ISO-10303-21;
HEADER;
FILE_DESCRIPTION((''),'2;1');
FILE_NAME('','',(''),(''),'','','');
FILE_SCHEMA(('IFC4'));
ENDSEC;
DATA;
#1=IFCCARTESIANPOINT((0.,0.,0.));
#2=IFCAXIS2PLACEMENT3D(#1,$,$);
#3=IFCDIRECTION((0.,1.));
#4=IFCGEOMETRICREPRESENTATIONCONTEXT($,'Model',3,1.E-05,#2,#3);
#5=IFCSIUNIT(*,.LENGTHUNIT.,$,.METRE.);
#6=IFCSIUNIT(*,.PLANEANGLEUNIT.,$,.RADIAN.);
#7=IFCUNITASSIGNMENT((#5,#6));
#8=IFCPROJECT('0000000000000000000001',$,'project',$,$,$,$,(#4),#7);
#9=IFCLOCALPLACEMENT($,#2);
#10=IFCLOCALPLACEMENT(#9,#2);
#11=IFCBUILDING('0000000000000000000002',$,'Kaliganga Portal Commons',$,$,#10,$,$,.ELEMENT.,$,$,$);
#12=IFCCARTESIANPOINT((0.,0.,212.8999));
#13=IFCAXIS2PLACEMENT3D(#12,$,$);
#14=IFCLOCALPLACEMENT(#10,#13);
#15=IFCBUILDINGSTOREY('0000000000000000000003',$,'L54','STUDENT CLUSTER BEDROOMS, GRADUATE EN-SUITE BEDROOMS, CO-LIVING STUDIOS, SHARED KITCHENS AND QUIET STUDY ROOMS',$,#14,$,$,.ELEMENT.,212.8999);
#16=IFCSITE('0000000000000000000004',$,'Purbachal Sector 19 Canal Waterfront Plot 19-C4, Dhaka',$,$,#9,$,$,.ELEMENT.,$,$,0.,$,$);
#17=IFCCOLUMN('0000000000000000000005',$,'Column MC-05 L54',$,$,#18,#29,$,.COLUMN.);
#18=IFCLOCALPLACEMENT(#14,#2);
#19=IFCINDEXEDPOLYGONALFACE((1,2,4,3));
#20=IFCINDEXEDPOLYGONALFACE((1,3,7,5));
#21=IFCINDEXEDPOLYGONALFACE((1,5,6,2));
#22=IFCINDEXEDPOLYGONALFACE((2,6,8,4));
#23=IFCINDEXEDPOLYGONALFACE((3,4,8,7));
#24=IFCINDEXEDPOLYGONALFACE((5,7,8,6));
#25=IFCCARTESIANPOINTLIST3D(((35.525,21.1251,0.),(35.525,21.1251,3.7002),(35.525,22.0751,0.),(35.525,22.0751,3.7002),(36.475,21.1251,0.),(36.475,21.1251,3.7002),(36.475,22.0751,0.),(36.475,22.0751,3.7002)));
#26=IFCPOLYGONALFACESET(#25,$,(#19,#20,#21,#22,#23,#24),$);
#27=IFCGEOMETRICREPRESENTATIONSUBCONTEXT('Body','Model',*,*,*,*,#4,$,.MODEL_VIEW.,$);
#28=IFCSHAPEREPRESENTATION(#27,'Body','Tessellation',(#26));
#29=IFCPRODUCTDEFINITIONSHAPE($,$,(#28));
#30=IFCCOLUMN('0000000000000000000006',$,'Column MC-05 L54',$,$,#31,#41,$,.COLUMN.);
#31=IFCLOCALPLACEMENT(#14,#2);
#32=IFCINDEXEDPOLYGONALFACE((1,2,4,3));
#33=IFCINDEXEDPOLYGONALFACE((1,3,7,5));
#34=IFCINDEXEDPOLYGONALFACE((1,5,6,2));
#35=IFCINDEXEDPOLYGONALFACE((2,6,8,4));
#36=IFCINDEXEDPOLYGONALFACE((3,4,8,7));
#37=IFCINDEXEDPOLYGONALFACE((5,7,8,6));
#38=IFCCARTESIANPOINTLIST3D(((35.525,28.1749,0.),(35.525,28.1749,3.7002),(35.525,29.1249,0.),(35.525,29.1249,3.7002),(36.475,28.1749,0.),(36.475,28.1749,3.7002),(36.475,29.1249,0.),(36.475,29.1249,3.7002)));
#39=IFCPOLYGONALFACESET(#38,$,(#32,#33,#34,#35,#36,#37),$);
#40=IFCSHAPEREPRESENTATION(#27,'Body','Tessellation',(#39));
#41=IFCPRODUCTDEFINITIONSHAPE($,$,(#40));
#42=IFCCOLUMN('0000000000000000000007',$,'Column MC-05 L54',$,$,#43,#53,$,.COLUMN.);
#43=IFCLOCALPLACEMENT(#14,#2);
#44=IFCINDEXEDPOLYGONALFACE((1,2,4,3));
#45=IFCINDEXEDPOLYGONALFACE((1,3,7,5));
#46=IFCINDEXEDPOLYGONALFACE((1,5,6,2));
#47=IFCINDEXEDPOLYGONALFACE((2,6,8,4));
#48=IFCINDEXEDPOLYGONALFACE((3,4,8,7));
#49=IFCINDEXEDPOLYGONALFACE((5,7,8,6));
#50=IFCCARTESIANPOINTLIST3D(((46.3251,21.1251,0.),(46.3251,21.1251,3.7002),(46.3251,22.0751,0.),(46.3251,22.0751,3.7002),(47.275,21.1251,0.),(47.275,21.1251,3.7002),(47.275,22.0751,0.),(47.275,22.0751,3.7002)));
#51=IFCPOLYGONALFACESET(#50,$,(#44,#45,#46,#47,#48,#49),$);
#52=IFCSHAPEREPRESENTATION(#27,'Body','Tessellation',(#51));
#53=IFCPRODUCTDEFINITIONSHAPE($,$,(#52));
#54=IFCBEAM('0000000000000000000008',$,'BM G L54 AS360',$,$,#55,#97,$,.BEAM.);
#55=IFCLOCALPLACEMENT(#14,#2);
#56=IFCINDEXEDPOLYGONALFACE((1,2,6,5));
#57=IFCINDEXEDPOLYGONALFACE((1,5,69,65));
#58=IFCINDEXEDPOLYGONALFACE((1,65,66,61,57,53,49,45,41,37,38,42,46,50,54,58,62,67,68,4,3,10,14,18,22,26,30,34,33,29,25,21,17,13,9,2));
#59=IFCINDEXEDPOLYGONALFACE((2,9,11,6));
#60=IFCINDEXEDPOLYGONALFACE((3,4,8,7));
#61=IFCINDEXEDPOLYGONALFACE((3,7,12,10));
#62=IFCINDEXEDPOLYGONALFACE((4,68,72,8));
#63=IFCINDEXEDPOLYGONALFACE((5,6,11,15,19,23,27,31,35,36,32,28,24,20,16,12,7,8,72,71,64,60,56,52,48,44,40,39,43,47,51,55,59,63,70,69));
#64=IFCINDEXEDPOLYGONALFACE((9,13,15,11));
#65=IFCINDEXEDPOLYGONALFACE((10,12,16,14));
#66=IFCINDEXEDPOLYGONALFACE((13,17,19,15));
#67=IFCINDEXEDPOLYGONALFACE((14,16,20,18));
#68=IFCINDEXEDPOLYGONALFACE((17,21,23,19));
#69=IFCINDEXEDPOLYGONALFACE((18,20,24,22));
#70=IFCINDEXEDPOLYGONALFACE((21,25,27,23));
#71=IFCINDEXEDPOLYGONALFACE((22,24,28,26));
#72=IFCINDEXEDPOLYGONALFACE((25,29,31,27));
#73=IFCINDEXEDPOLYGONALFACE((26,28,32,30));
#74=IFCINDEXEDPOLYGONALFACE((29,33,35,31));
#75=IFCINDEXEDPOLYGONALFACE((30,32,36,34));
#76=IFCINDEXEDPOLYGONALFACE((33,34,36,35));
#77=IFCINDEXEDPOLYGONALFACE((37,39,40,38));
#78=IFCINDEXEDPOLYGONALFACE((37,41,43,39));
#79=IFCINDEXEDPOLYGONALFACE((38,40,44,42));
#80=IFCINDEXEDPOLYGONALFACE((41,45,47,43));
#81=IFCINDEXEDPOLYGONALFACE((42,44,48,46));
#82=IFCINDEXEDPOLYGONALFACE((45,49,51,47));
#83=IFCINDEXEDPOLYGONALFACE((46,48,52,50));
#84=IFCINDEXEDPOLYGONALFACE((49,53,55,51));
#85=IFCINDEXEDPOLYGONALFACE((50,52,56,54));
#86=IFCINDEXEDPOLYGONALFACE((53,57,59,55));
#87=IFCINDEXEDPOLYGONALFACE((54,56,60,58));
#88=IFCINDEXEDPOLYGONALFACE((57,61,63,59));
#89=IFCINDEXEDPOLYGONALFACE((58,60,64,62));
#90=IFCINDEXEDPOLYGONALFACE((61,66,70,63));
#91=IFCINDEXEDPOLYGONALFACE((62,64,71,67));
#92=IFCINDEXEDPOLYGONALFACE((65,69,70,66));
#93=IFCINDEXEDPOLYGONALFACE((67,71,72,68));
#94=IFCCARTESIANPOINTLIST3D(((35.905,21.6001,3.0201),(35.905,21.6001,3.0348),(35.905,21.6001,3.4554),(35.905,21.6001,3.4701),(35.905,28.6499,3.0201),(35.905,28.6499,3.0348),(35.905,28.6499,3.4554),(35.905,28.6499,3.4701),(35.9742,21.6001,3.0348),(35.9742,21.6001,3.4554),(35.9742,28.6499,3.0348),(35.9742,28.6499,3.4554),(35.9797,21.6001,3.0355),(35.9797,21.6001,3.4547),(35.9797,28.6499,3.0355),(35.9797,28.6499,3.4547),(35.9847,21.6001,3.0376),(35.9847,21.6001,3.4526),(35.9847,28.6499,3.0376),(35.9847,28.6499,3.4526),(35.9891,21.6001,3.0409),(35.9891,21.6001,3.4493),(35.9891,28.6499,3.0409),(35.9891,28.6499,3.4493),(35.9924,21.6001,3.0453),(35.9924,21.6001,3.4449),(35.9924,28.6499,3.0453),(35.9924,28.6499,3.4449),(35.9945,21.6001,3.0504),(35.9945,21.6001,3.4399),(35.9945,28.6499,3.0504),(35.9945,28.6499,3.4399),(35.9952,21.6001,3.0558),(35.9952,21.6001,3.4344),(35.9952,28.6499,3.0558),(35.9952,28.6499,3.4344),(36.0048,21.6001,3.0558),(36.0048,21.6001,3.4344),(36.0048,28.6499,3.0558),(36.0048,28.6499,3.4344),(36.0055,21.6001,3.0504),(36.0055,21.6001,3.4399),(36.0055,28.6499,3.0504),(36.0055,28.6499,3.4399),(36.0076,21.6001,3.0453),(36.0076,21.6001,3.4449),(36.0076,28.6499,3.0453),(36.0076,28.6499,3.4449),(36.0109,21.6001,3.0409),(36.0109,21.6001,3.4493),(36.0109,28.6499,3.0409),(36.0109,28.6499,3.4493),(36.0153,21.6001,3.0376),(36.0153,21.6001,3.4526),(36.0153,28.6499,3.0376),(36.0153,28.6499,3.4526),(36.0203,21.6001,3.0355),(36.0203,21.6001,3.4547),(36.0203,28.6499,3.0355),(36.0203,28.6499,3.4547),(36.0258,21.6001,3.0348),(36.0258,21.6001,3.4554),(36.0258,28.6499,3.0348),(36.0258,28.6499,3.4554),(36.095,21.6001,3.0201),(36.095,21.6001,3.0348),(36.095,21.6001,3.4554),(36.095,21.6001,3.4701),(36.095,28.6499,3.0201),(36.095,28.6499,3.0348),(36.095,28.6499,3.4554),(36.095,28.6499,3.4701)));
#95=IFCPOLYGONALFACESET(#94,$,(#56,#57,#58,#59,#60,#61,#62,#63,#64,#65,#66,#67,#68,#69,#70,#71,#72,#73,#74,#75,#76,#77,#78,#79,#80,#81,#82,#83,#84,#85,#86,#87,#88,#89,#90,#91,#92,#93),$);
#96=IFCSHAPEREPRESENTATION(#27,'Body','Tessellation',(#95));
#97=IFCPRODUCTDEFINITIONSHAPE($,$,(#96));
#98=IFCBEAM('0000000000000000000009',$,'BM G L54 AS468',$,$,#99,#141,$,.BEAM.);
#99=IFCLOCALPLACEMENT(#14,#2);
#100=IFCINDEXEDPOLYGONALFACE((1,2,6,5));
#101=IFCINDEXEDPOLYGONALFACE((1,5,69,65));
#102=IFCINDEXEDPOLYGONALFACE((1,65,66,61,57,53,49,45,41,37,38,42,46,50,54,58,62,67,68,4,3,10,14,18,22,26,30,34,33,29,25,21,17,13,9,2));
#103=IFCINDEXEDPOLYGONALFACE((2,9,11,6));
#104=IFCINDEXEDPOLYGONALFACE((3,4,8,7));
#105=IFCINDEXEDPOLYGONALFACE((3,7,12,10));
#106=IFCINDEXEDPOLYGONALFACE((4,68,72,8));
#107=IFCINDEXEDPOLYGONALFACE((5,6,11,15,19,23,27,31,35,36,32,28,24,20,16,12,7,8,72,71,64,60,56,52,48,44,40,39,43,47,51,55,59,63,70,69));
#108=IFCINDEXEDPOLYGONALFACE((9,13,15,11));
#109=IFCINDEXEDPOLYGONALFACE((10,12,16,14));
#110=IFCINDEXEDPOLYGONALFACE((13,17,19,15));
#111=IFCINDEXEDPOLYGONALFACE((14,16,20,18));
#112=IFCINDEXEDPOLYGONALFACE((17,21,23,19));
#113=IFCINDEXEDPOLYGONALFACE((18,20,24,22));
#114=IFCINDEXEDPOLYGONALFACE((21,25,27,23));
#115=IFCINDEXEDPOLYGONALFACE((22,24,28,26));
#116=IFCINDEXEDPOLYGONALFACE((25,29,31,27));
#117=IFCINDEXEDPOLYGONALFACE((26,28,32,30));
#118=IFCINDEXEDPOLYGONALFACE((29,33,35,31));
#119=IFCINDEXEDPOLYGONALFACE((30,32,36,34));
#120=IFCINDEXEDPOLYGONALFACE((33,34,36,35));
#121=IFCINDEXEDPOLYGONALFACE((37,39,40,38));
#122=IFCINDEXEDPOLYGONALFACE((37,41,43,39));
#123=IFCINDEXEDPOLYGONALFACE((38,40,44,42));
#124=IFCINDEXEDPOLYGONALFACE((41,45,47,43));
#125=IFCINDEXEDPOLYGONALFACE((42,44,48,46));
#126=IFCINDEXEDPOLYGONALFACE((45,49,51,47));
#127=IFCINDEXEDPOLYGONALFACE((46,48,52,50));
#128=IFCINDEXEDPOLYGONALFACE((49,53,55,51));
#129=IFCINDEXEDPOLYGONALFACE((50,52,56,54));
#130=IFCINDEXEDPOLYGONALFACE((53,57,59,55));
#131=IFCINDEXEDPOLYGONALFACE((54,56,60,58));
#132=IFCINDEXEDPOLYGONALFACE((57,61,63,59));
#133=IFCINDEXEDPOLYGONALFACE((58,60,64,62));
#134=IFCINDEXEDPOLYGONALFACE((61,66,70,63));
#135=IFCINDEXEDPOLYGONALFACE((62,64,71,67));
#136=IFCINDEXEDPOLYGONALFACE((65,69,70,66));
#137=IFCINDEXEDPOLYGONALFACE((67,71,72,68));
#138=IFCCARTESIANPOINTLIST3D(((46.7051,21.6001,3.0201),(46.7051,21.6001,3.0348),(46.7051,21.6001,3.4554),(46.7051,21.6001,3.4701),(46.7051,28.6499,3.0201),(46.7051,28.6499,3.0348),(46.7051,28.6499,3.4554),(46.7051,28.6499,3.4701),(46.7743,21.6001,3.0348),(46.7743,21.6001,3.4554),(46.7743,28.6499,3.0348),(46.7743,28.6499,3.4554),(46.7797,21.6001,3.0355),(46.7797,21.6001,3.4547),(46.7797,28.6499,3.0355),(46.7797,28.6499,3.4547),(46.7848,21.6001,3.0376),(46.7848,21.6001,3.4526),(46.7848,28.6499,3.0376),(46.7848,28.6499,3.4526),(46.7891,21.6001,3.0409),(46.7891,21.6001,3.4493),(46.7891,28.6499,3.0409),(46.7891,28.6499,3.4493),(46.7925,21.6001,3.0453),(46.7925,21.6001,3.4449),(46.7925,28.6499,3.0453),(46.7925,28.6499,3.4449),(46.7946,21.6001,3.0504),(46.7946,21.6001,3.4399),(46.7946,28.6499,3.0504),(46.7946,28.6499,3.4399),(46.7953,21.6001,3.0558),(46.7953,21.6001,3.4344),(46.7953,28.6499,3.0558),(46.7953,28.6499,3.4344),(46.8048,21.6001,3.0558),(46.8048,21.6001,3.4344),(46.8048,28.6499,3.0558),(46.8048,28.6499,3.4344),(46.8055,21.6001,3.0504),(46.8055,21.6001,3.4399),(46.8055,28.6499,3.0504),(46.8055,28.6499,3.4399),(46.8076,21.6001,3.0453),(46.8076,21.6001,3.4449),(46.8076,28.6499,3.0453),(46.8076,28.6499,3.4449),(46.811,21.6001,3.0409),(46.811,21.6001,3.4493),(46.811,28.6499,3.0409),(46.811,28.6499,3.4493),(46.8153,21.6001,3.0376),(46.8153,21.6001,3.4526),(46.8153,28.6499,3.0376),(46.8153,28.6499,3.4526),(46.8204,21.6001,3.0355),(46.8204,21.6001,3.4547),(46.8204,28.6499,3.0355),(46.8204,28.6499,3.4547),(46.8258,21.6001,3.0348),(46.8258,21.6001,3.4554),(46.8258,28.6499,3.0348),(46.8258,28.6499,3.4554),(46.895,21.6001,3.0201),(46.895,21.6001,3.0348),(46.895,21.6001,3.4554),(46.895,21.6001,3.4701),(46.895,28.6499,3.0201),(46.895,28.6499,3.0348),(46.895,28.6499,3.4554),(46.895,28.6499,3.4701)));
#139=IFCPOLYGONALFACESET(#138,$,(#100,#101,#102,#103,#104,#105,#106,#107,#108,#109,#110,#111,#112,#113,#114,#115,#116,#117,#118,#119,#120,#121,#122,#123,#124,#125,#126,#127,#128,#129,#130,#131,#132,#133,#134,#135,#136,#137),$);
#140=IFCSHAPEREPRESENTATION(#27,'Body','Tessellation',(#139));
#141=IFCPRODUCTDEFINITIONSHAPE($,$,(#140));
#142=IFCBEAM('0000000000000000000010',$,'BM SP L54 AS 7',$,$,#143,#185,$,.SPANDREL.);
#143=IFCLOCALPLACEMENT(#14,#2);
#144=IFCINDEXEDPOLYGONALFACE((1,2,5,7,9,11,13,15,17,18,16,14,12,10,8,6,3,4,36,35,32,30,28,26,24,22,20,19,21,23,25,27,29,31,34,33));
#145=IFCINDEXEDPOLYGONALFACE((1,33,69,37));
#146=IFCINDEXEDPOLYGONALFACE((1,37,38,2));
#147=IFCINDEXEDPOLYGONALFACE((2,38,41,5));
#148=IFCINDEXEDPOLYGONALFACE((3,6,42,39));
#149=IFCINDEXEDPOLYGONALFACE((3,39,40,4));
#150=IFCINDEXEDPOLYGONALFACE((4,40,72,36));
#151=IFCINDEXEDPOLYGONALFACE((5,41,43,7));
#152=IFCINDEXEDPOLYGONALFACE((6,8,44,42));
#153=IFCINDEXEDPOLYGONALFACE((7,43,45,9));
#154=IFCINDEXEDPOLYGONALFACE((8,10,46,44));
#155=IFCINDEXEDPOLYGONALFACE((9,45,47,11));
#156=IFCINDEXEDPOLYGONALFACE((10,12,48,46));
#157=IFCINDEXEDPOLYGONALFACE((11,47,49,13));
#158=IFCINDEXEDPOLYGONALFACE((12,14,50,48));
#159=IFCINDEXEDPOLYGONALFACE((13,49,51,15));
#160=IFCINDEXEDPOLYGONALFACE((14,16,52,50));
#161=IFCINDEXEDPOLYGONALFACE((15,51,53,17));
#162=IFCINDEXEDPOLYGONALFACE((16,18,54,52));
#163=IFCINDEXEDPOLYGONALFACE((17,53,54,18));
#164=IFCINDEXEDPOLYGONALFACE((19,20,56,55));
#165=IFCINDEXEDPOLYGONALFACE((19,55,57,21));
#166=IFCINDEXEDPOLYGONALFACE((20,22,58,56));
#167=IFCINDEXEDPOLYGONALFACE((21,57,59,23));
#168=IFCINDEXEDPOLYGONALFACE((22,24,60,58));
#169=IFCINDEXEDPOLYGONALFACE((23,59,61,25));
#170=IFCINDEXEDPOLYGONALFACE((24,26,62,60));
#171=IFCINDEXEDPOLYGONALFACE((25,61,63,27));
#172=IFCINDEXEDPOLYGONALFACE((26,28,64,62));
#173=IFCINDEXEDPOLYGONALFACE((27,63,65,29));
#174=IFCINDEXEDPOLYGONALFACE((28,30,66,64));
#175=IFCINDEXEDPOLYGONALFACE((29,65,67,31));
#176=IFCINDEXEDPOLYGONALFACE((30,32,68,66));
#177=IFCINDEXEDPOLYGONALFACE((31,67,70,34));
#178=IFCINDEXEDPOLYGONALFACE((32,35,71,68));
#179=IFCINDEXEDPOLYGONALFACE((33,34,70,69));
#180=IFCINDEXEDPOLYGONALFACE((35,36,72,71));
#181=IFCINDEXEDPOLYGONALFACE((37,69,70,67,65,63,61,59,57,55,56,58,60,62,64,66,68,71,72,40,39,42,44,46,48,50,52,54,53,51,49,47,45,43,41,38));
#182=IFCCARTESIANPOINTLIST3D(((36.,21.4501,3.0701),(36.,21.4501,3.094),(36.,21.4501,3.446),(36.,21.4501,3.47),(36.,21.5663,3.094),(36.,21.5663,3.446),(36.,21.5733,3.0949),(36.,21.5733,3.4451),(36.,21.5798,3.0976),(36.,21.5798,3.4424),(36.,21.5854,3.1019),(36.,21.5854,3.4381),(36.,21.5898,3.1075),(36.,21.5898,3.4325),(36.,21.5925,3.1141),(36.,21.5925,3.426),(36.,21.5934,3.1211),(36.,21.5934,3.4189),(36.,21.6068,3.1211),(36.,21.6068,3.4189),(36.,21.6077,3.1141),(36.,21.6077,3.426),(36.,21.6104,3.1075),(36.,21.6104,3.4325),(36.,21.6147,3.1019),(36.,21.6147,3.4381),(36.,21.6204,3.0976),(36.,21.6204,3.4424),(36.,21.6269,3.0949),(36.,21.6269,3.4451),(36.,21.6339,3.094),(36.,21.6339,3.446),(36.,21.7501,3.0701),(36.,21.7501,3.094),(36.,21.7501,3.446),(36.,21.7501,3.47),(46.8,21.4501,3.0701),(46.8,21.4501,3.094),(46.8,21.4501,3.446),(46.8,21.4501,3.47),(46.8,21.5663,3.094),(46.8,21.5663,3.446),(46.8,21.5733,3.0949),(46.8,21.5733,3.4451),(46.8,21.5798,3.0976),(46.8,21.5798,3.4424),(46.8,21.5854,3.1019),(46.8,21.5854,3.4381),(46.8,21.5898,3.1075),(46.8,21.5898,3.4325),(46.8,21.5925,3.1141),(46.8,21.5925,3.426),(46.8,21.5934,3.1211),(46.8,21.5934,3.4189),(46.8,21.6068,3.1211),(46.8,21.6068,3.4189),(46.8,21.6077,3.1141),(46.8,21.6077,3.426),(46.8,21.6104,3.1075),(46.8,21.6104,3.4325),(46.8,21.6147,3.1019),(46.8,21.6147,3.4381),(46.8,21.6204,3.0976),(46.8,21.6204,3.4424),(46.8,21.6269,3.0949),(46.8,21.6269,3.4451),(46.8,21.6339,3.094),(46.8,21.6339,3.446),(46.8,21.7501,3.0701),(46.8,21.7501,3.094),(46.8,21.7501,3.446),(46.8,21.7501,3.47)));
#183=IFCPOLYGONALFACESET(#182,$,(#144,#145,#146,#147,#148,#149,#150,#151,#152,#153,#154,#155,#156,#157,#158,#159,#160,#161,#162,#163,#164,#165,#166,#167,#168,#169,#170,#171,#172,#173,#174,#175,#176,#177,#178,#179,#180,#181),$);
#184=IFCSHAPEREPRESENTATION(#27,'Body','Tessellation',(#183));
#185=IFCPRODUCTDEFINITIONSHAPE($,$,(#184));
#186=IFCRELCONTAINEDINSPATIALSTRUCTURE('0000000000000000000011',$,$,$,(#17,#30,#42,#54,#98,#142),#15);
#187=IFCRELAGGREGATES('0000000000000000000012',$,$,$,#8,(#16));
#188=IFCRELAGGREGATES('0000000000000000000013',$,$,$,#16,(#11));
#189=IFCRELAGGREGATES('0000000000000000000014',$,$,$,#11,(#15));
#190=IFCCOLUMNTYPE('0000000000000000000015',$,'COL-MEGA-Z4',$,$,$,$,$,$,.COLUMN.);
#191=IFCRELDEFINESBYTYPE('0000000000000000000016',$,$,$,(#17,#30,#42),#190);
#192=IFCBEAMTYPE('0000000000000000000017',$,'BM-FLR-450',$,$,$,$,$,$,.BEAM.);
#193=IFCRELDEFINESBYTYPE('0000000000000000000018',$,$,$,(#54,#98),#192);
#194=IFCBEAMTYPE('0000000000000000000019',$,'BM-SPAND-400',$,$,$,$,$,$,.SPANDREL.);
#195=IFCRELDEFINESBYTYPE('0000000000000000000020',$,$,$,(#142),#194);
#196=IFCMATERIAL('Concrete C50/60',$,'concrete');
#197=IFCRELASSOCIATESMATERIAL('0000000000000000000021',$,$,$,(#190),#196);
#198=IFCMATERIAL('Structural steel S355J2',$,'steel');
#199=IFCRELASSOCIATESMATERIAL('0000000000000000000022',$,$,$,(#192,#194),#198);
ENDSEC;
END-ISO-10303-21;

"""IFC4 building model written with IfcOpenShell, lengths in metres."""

from ifc_helpers import new_model, si_unit, direction, frame, origin, origin_2d, place, context, subcontext, project, spatial, rectangle, i_section, extrude, source, transform, mapped, material, material_profile, profile_set, type_object, element, save


model = new_model("IFC4")

# Units and contexts
model_context = context("Model", 3, precision=1e-05, world=origin(), true_north=direction((0.0, 1.0)))
body_context = subcontext(model_context, "Body", "Model", "MODEL_VIEW")
ifc_project = project(units=[si_unit("LENGTHUNIT", "METRE"), si_unit("PLANEANGLEUNIT", "RADIAN")], contexts=[model_context])

# Site, building, storey
site_placement = place(None, origin())
site = spatial("IfcSite", under=ifc_project, at=site_placement, Name="Purbachal Sector 19 Canal Waterfront Plot 19-C4, Dhaka", CompositionType="ELEMENT", RefElevation=0.0)
building_placement = place(site_placement, origin())
building = spatial("IfcBuilding", under=site, at=building_placement, Name="Kaliganga Portal Commons", CompositionType="ELEMENT")
storey_placement = place(building_placement, frame((0.0, 0.0, 212.8999)))
storey = spatial("IfcBuildingStorey", under=building, at=storey_placement, Name="L54", Description="STUDENT CLUSTER BEDROOMS, GRADUATE EN-SUITE BEDROOMS, CO-LIVING STUDIOS, SHARED KITCHENS AND QUIET STUDY ROOMS", CompositionType="ELEMENT", Elevation=212.8999)

# Columns
ifc_material_1 = material(Name="Concrete C50/60", Category="concrete")
ifc_material_profile_1 = material_profile(ifc_material_1, rectangle(XDim=0.95, YDim=0.95, at=origin_2d()), Name="RC 950x950")
ifc_profile_set_1 = profile_set([ifc_material_profile_1], Name="Concrete C50/60")
column_type = type_object("IfcColumnType", Name="COL-MEGA-Z4", PredefinedType="COLUMN", material=ifc_profile_set_1)
shared_shape_1 = source(origin(), body_context, "Body", "SweptSolid", [
    extrude(rectangle(XDim=0.95, YDim=0.95, at=origin_2d()), origin(), (0.0, 0.0, 1.0), 3.7002),
])
for number, where, z_axis, x_axis, name in (
    (1, (36.0, 21.6001, 0.0), (0.0, 0.0, 1.0), (1.0, 0.0, 0.0), "Column MC-05 L54"),
    (2, (36.0, 28.6499, 0.0), (0.0, 0.0, 1.0), (1.0, 0.0, 0.0), "Column MC-05 L54"),
    (3, (46.8, 21.6001, 0.0), (0.0, 0.0, 1.0), (1.0, 0.0, 0.0), "Column MC-05 L54"),
):
    element("IfcColumn", number, at=place(storey_placement, frame(where, z_axis=z_axis, x_axis=x_axis)), inside=storey, type_object=column_type, Name=name, PredefinedType="COLUMN", context=body_context, shape_type="MappedRepresentation", body=[
        mapped(shared_shape_1, transform((0.0, 0.0, 0.0), x_axis=(1.0, 0.0, 0.0), y_axis=(0.0, 1.0, 0.0), z_axis=(0.0, 0.0, 1.0), scale=1.0)),
    ])

# Beams
ifc_material_2 = material(Name="Structural steel S355J2", Category="steel")
ifc_material_profile_2 = material_profile(ifc_material_2, i_section(OverallWidth=0.1899, OverallDepth=0.45, WebThickness=0.0095, FlangeThickness=0.0146, FilletRadius=0.021, at=origin_2d()), Name="IPE 450")
ifc_profile_set_2 = profile_set([ifc_material_profile_2], Name="Structural steel S355J2 wide-flange")
beam_type_1 = type_object("IfcBeamType", Name="BM-FLR-450", PredefinedType="BEAM", material=ifc_profile_set_2)
shared_shape_2 = source(origin(), body_context, "Body", "SweptSolid", [
    extrude(i_section(OverallWidth=0.1899, OverallDepth=0.45, WebThickness=0.0095, FlangeThickness=0.0146, FilletRadius=0.021, at=origin_2d()), origin(), (0.0, 0.0, 1.0), 7.0498),
])
for number, where, z_axis, x_axis, name in (
    (4, (36.0, 21.6001, 3.2451), (0.0, 1.0, 0.0), (-1.0, 0.0, 0.0), "BM G L54 AS360"),
    (5, (46.8, 21.6001, 3.2451), (0.0, 1.0, 0.0), (-1.0, 0.0, 0.0), "BM G L54 AS468"),
):
    element("IfcBeam", number, at=place(storey_placement, frame(where, z_axis=z_axis, x_axis=x_axis)), inside=storey, type_object=beam_type_1, Name=name, PredefinedType="BEAM", context=body_context, shape_type="MappedRepresentation", body=[
        mapped(shared_shape_2, transform((0.0, 0.0, 0.0), x_axis=(1.0, 0.0, 0.0), y_axis=(0.0, 1.0, 0.0), z_axis=(0.0, 0.0, 1.0), scale=1.0)),
    ])
ifc_material_profile_3 = material_profile(ifc_material_2, i_section(OverallWidth=0.3, OverallDepth=0.3999, WebThickness=0.0134, FlangeThickness=0.0239, FilletRadius=0.0271, at=origin_2d()), Name="HE 400 B")
ifc_profile_set_3 = profile_set([ifc_material_profile_3], Name="Structural steel S355J2 wide-flange")
beam_type_2 = type_object("IfcBeamType", Name="BM-SPAND-400", PredefinedType="SPANDREL", material=ifc_profile_set_3)
shared_shape_3 = source(origin(), body_context, "Body", "SweptSolid", [
    extrude(i_section(OverallWidth=0.3, OverallDepth=0.3999, WebThickness=0.0134, FlangeThickness=0.0239, FilletRadius=0.0271, at=origin_2d()), origin(), (0.0, 0.0, 1.0), 10.8),
])
beam_1_placement = place(storey_placement, frame((36.0, 21.6001, 3.27), z_axis=(1.0, 0.0, 0.0), x_axis=(0.0, 1.0, 0.0)))
element("IfcBeam", 6, at=beam_1_placement, inside=storey, type_object=beam_type_2, Name="BM SP L54 AS 7", PredefinedType="SPANDREL", context=body_context, shape_type="MappedRepresentation", body=[
    mapped(shared_shape_3, transform((0.0, 0.0, 0.0), x_axis=(1.0, 0.0, 0.0), y_axis=(0.0, 1.0, 0.0), z_axis=(0.0, 0.0, 1.0), scale=1.0)),
])

save(model, "model.ifc")
